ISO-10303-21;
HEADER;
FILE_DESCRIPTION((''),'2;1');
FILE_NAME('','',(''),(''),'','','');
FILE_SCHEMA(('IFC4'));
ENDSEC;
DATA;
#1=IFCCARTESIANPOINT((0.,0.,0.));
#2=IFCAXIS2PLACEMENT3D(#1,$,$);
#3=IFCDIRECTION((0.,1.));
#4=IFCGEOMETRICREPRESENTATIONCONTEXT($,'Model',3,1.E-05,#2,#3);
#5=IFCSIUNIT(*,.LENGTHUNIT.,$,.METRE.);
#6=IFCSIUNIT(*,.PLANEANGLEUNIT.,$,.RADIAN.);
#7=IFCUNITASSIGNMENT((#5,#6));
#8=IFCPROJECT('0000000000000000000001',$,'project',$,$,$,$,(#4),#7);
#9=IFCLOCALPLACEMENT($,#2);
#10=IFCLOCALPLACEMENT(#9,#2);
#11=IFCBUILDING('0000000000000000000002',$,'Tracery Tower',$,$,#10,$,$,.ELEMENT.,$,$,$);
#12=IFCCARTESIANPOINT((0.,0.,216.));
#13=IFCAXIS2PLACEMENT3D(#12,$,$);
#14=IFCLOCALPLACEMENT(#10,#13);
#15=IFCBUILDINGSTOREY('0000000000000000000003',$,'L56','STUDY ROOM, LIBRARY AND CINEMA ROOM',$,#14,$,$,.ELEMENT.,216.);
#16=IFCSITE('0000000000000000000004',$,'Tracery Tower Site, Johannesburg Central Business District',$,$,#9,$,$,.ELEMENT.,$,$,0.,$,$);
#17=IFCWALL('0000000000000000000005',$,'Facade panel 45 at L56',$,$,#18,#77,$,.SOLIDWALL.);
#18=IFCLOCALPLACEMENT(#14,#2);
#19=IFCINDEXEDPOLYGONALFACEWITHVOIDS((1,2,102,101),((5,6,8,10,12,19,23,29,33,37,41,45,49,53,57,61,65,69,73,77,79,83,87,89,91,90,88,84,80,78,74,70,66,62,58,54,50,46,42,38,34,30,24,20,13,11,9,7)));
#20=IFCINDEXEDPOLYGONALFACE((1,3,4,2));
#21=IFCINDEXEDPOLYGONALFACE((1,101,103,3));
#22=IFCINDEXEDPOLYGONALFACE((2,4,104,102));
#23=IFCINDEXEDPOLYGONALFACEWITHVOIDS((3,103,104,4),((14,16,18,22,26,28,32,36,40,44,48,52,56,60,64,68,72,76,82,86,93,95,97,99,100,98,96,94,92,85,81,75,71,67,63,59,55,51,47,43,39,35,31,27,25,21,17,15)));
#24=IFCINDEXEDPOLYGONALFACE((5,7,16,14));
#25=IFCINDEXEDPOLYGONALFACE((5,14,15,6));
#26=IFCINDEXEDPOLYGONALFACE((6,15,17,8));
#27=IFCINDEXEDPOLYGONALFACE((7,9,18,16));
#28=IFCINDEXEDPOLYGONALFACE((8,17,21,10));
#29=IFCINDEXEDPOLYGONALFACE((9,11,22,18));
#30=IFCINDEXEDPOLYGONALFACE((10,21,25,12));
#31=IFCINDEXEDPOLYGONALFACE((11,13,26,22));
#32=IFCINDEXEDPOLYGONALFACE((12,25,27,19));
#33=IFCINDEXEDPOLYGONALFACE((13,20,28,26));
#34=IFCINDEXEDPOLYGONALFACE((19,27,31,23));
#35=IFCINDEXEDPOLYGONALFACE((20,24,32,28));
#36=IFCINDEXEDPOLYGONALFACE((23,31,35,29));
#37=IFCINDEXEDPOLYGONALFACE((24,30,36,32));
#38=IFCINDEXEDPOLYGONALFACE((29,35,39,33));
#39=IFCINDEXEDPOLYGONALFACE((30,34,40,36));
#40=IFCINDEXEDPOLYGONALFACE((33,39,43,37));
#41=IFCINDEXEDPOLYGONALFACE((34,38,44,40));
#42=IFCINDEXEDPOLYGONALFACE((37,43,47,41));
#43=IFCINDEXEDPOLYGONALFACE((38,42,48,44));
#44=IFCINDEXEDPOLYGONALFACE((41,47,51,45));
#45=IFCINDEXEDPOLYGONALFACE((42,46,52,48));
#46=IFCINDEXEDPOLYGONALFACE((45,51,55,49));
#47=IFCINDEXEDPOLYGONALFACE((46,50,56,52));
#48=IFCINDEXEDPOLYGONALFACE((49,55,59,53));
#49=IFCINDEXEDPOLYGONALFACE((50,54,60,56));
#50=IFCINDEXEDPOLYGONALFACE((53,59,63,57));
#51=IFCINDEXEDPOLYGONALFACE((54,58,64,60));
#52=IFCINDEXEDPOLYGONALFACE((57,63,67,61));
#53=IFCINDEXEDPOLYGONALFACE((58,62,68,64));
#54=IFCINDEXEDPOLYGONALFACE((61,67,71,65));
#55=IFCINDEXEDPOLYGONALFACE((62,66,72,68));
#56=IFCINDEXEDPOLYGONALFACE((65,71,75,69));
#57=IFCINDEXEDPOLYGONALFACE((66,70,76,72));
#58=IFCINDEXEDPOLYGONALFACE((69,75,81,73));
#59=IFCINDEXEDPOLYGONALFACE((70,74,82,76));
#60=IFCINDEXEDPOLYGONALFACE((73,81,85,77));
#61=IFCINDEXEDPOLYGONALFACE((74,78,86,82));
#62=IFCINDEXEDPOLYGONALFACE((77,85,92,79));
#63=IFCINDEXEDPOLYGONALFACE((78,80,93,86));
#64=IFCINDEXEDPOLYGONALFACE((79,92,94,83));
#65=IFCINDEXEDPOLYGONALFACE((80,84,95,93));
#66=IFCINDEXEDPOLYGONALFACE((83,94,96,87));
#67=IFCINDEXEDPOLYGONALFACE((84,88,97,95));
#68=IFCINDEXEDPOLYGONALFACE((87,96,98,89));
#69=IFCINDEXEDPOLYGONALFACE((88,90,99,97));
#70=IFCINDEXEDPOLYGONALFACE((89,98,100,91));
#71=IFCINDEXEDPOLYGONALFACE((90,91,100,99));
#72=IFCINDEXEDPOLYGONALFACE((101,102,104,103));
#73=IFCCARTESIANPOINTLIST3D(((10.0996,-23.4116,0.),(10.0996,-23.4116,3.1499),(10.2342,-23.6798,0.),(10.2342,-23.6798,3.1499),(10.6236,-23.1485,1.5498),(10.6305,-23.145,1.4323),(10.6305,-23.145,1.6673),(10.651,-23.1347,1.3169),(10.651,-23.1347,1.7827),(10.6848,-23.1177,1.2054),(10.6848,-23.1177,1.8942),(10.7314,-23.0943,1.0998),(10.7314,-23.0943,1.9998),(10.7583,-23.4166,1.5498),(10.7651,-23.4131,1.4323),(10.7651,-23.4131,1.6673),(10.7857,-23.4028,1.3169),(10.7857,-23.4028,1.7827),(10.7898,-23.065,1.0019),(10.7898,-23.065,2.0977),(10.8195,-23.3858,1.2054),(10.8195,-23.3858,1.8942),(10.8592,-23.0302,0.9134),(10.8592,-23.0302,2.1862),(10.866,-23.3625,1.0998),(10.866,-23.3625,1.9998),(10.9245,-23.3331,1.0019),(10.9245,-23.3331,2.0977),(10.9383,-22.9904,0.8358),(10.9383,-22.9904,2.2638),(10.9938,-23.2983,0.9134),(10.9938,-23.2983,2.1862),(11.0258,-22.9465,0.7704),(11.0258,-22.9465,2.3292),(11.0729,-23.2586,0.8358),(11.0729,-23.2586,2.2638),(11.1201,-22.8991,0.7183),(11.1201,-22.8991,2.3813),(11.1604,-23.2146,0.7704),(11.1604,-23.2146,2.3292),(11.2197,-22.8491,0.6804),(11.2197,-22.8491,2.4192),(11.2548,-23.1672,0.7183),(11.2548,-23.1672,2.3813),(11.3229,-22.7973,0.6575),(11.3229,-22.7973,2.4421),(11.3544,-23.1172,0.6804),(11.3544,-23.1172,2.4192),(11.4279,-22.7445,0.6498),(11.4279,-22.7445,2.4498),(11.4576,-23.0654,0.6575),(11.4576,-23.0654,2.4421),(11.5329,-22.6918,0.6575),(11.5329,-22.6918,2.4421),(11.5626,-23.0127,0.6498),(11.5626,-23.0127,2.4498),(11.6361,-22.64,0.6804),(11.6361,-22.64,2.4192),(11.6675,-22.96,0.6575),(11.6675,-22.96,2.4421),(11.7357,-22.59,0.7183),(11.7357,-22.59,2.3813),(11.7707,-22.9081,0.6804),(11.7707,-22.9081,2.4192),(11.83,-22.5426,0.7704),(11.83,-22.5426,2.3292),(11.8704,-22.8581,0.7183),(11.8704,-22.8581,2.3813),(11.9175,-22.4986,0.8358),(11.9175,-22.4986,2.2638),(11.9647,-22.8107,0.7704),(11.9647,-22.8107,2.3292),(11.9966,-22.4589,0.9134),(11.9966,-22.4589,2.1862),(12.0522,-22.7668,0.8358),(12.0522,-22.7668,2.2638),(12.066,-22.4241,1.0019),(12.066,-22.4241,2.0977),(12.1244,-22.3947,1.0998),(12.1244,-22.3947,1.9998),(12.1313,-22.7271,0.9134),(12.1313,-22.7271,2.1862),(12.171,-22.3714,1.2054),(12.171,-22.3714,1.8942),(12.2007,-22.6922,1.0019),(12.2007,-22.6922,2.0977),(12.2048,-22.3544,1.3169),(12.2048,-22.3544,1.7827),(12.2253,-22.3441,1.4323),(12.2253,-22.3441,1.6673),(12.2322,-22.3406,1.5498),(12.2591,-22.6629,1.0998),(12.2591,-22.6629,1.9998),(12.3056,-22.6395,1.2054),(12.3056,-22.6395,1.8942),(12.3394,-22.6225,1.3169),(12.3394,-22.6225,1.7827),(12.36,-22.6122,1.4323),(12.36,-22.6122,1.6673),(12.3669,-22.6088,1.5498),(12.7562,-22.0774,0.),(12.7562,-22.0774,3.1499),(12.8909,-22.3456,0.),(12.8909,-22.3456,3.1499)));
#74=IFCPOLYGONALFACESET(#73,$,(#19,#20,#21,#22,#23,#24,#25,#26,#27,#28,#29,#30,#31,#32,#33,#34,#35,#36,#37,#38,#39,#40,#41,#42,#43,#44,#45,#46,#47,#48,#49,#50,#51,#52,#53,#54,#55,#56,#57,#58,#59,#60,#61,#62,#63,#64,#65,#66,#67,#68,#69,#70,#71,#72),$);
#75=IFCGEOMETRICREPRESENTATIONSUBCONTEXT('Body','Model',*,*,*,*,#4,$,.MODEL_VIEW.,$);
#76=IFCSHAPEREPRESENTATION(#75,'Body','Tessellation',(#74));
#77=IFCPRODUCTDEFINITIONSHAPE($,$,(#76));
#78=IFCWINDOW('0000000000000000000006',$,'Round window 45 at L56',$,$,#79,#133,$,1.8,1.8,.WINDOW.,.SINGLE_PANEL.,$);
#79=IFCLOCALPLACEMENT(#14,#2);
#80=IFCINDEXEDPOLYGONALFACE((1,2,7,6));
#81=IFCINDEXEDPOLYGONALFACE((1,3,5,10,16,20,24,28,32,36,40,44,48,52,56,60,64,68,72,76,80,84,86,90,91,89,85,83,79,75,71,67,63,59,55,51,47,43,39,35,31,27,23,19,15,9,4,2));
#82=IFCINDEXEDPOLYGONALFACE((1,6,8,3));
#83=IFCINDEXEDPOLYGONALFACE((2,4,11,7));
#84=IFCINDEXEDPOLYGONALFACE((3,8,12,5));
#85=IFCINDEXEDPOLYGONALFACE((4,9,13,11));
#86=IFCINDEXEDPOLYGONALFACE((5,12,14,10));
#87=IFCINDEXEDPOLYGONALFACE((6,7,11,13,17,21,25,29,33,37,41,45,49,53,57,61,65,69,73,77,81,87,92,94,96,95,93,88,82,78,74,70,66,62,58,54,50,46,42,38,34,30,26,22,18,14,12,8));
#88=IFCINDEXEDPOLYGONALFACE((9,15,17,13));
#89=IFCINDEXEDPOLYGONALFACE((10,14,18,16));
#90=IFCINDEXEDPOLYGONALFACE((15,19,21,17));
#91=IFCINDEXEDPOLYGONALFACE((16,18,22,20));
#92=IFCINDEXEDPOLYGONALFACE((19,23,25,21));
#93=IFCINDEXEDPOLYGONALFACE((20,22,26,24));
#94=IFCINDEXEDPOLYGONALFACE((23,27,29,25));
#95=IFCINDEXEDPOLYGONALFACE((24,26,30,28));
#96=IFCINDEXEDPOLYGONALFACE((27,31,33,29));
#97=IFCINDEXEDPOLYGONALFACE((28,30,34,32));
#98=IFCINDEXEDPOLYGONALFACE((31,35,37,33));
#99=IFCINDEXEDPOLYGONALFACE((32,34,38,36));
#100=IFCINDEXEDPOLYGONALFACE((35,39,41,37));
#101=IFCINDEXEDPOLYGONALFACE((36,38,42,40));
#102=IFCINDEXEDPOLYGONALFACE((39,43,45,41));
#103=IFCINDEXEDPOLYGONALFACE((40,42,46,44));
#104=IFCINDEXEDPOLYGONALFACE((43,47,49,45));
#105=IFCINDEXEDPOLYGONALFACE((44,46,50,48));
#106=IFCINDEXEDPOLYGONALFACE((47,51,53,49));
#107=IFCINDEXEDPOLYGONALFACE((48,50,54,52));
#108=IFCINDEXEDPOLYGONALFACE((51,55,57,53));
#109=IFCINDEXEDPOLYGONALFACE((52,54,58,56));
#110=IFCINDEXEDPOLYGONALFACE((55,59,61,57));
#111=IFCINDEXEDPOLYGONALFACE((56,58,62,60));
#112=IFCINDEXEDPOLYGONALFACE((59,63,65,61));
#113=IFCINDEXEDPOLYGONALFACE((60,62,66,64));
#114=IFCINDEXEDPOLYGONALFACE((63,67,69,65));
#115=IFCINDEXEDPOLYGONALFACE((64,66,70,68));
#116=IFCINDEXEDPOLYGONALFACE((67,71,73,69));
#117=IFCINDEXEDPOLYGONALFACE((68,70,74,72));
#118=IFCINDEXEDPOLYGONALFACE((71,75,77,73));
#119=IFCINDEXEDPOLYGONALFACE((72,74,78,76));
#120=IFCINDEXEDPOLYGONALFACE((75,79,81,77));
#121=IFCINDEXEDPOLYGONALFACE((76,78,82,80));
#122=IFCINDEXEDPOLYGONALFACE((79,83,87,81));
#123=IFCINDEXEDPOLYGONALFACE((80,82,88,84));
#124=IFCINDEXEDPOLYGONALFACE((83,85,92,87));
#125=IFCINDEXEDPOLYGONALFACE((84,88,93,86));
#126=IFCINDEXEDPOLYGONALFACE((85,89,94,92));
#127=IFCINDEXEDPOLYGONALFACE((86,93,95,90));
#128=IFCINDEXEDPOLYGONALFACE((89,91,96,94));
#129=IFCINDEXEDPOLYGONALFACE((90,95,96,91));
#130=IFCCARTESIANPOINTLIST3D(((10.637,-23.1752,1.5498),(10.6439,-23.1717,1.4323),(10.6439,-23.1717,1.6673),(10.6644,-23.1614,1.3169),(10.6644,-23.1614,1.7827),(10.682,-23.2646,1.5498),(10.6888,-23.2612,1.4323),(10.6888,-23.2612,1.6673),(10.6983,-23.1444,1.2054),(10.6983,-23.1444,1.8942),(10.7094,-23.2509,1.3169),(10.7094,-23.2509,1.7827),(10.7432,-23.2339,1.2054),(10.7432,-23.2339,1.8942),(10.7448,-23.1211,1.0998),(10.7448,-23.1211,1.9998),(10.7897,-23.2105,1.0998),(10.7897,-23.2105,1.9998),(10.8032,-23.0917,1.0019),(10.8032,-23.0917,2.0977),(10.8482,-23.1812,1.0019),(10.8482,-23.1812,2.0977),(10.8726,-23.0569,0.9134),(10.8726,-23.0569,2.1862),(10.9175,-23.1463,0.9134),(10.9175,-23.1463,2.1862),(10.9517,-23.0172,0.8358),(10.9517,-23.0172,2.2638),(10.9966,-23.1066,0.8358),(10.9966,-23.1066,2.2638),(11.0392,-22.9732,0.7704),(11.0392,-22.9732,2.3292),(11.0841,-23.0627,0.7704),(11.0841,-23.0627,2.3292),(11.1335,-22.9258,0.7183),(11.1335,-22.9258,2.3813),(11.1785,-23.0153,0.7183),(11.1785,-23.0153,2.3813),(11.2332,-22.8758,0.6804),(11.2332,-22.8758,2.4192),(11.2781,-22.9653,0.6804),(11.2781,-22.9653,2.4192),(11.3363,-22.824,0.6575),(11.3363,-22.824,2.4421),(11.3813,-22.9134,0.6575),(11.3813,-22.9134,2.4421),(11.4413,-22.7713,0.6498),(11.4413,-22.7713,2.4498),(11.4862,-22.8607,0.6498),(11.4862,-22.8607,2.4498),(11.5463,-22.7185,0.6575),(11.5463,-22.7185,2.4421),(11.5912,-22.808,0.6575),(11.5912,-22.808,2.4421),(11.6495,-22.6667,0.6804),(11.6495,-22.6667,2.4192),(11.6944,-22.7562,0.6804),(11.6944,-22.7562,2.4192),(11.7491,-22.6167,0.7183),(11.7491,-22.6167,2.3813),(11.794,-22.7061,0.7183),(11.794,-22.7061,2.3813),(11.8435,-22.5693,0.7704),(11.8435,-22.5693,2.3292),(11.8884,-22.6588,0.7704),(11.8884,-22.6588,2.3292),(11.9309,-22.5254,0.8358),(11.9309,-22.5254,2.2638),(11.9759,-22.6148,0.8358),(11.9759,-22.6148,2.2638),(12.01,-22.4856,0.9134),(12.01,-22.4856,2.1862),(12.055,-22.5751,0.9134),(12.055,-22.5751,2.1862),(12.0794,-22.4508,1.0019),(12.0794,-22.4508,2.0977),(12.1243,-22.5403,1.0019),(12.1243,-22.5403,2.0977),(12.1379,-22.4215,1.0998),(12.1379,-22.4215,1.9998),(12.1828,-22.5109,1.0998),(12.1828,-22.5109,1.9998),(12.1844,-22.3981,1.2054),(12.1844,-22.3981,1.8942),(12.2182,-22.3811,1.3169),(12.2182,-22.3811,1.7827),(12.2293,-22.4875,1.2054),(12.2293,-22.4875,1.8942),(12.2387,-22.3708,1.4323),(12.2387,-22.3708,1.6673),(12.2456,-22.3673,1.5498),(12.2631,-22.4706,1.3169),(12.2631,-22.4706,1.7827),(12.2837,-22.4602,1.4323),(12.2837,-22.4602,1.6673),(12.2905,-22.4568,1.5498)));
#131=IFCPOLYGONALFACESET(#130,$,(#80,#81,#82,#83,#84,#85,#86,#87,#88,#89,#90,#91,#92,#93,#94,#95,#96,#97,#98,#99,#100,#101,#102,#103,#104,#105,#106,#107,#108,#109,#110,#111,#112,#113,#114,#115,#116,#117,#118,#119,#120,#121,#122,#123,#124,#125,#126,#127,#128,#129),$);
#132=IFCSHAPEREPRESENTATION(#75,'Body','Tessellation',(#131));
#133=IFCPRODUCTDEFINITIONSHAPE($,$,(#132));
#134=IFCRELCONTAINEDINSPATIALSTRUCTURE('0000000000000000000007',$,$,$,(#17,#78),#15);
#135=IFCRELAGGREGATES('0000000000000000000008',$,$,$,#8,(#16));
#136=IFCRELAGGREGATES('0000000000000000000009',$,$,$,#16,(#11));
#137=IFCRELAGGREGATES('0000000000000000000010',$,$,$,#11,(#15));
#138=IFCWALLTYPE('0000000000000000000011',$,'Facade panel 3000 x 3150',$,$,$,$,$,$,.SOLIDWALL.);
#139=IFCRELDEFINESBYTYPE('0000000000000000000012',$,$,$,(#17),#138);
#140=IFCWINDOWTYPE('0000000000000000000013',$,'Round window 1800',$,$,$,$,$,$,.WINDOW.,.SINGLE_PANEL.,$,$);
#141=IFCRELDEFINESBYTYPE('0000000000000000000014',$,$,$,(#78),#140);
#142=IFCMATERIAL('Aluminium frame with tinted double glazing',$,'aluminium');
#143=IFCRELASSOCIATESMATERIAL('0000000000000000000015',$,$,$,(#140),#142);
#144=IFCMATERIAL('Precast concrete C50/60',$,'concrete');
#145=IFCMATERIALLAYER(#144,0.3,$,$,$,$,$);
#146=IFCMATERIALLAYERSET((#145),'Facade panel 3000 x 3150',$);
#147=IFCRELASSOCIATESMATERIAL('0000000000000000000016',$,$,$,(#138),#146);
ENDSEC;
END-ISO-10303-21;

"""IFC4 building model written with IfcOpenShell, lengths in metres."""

from ifc_helpers import new_model, si_unit, direction, frame, frame_2d, origin, origin_2d, place, context, subcontext, project, spatial, rectangle, circle, extrude, material, layer, layer_set, type_object, element, fill, save


model = new_model("IFC4")

# Units and contexts
model_context = context("Model", 3, precision=1e-05, world=origin(), true_north=direction((0.0, 1.0)))
body_context = subcontext(model_context, "Body", "Model", "MODEL_VIEW")
ifc_project = project(units=[si_unit("LENGTHUNIT", "METRE"), si_unit("PLANEANGLEUNIT", "RADIAN")], contexts=[model_context])

# Site, building, storey
site_placement = place(None, origin())
site = spatial("IfcSite", under=ifc_project, at=site_placement, Name="Tracery Tower Site, Johannesburg Central Business District", CompositionType="ELEMENT", RefElevation=0.0)
building_placement = place(site_placement, origin())
building = spatial("IfcBuilding", under=site, at=building_placement, Name="Tracery Tower", CompositionType="ELEMENT")
storey_placement = place(building_placement, frame((0.0, 0.0, 216.0)))
storey = spatial("IfcBuildingStorey", under=building, at=storey_placement, Name="L56", Description="STUDY ROOM, LIBRARY AND CINEMA ROOM", CompositionType="ELEMENT", Elevation=216.0)

# Wall, opening, window
ifc_material_1 = material(Name="Aluminium frame with tinted double glazing", Category="aluminium")
window_type = type_object("IfcWindowType", Name="Round window 1800", PartitioningType="SINGLE_PANEL", PredefinedType="WINDOW", material=ifc_material_1)
ifc_material_2 = material(Name="Precast concrete C50/60", Category="concrete")
ifc_layer_1 = layer(ifc_material_2, 0.3)
ifc_layer_set_1 = layer_set([ifc_layer_1], Name="Facade panel 3000 x 3150")
wall_type_1 = type_object("IfcWallType", Name="Facade panel 3000 x 3150", PredefinedType="SOLIDWALL", material=ifc_layer_set_1)
wall_1_placement = place(storey_placement, frame((10.167, -23.5457, 0.0), z_axis=(0.0, 0.0, 1.0), x_axis=(0.893637, 0.44879, 0.0)))
wall_1 = element("IfcWall", 1, at=wall_1_placement, inside=storey, type_object=wall_type_1, Name="Facade panel 45 at L56", PredefinedType="SOLIDWALL", context=body_context, shape_type="SweptSolid", body=[
    extrude(rectangle(XDim=2.9729, YDim=0.3, at=frame_2d((1.4863, 0.0))), origin(), (0.0, 0.0, 1.0), 3.1499),
])
opening_1_placement = place(wall_1_placement, frame((1.4863, 0.0, 1.5498)))
opening_1 = element("IfcOpeningElement", 2, at=opening_1_placement, cuts=wall_1, PredefinedType="OPENING", context=body_context, shape_type="SweptSolid", body=[
    extrude(circle(Radius=0.9, at=origin_2d()), frame((0.0, 0.1599, 0.0), z_axis=(0.0, -1.0, 0.0), x_axis=(1.0, 0.0, 0.0)), (0.0, 0.0, 1.0), 0.3201),
])
window_1_placement = place(opening_1_placement, origin())
window_1 = element("IfcWindow", 3, at=window_1_placement, inside=storey, type_object=window_type, Name="Round window 45 at L56", OverallHeight=1.8, OverallWidth=1.8, PartitioningType="SINGLE_PANEL", PredefinedType="WINDOW", context=body_context, shape_type="SweptSolid", body=[
    extrude(circle(Radius=0.9, at=origin_2d()), frame((0.0, 0.1201, 0.0), z_axis=(0.0, -1.0, 0.0), x_axis=(1.0, 0.0, 0.0)), (0.0, 0.0, 1.0), 0.1001),
])
fill(opening_1, window_1)

save(model, "model.ifc")
